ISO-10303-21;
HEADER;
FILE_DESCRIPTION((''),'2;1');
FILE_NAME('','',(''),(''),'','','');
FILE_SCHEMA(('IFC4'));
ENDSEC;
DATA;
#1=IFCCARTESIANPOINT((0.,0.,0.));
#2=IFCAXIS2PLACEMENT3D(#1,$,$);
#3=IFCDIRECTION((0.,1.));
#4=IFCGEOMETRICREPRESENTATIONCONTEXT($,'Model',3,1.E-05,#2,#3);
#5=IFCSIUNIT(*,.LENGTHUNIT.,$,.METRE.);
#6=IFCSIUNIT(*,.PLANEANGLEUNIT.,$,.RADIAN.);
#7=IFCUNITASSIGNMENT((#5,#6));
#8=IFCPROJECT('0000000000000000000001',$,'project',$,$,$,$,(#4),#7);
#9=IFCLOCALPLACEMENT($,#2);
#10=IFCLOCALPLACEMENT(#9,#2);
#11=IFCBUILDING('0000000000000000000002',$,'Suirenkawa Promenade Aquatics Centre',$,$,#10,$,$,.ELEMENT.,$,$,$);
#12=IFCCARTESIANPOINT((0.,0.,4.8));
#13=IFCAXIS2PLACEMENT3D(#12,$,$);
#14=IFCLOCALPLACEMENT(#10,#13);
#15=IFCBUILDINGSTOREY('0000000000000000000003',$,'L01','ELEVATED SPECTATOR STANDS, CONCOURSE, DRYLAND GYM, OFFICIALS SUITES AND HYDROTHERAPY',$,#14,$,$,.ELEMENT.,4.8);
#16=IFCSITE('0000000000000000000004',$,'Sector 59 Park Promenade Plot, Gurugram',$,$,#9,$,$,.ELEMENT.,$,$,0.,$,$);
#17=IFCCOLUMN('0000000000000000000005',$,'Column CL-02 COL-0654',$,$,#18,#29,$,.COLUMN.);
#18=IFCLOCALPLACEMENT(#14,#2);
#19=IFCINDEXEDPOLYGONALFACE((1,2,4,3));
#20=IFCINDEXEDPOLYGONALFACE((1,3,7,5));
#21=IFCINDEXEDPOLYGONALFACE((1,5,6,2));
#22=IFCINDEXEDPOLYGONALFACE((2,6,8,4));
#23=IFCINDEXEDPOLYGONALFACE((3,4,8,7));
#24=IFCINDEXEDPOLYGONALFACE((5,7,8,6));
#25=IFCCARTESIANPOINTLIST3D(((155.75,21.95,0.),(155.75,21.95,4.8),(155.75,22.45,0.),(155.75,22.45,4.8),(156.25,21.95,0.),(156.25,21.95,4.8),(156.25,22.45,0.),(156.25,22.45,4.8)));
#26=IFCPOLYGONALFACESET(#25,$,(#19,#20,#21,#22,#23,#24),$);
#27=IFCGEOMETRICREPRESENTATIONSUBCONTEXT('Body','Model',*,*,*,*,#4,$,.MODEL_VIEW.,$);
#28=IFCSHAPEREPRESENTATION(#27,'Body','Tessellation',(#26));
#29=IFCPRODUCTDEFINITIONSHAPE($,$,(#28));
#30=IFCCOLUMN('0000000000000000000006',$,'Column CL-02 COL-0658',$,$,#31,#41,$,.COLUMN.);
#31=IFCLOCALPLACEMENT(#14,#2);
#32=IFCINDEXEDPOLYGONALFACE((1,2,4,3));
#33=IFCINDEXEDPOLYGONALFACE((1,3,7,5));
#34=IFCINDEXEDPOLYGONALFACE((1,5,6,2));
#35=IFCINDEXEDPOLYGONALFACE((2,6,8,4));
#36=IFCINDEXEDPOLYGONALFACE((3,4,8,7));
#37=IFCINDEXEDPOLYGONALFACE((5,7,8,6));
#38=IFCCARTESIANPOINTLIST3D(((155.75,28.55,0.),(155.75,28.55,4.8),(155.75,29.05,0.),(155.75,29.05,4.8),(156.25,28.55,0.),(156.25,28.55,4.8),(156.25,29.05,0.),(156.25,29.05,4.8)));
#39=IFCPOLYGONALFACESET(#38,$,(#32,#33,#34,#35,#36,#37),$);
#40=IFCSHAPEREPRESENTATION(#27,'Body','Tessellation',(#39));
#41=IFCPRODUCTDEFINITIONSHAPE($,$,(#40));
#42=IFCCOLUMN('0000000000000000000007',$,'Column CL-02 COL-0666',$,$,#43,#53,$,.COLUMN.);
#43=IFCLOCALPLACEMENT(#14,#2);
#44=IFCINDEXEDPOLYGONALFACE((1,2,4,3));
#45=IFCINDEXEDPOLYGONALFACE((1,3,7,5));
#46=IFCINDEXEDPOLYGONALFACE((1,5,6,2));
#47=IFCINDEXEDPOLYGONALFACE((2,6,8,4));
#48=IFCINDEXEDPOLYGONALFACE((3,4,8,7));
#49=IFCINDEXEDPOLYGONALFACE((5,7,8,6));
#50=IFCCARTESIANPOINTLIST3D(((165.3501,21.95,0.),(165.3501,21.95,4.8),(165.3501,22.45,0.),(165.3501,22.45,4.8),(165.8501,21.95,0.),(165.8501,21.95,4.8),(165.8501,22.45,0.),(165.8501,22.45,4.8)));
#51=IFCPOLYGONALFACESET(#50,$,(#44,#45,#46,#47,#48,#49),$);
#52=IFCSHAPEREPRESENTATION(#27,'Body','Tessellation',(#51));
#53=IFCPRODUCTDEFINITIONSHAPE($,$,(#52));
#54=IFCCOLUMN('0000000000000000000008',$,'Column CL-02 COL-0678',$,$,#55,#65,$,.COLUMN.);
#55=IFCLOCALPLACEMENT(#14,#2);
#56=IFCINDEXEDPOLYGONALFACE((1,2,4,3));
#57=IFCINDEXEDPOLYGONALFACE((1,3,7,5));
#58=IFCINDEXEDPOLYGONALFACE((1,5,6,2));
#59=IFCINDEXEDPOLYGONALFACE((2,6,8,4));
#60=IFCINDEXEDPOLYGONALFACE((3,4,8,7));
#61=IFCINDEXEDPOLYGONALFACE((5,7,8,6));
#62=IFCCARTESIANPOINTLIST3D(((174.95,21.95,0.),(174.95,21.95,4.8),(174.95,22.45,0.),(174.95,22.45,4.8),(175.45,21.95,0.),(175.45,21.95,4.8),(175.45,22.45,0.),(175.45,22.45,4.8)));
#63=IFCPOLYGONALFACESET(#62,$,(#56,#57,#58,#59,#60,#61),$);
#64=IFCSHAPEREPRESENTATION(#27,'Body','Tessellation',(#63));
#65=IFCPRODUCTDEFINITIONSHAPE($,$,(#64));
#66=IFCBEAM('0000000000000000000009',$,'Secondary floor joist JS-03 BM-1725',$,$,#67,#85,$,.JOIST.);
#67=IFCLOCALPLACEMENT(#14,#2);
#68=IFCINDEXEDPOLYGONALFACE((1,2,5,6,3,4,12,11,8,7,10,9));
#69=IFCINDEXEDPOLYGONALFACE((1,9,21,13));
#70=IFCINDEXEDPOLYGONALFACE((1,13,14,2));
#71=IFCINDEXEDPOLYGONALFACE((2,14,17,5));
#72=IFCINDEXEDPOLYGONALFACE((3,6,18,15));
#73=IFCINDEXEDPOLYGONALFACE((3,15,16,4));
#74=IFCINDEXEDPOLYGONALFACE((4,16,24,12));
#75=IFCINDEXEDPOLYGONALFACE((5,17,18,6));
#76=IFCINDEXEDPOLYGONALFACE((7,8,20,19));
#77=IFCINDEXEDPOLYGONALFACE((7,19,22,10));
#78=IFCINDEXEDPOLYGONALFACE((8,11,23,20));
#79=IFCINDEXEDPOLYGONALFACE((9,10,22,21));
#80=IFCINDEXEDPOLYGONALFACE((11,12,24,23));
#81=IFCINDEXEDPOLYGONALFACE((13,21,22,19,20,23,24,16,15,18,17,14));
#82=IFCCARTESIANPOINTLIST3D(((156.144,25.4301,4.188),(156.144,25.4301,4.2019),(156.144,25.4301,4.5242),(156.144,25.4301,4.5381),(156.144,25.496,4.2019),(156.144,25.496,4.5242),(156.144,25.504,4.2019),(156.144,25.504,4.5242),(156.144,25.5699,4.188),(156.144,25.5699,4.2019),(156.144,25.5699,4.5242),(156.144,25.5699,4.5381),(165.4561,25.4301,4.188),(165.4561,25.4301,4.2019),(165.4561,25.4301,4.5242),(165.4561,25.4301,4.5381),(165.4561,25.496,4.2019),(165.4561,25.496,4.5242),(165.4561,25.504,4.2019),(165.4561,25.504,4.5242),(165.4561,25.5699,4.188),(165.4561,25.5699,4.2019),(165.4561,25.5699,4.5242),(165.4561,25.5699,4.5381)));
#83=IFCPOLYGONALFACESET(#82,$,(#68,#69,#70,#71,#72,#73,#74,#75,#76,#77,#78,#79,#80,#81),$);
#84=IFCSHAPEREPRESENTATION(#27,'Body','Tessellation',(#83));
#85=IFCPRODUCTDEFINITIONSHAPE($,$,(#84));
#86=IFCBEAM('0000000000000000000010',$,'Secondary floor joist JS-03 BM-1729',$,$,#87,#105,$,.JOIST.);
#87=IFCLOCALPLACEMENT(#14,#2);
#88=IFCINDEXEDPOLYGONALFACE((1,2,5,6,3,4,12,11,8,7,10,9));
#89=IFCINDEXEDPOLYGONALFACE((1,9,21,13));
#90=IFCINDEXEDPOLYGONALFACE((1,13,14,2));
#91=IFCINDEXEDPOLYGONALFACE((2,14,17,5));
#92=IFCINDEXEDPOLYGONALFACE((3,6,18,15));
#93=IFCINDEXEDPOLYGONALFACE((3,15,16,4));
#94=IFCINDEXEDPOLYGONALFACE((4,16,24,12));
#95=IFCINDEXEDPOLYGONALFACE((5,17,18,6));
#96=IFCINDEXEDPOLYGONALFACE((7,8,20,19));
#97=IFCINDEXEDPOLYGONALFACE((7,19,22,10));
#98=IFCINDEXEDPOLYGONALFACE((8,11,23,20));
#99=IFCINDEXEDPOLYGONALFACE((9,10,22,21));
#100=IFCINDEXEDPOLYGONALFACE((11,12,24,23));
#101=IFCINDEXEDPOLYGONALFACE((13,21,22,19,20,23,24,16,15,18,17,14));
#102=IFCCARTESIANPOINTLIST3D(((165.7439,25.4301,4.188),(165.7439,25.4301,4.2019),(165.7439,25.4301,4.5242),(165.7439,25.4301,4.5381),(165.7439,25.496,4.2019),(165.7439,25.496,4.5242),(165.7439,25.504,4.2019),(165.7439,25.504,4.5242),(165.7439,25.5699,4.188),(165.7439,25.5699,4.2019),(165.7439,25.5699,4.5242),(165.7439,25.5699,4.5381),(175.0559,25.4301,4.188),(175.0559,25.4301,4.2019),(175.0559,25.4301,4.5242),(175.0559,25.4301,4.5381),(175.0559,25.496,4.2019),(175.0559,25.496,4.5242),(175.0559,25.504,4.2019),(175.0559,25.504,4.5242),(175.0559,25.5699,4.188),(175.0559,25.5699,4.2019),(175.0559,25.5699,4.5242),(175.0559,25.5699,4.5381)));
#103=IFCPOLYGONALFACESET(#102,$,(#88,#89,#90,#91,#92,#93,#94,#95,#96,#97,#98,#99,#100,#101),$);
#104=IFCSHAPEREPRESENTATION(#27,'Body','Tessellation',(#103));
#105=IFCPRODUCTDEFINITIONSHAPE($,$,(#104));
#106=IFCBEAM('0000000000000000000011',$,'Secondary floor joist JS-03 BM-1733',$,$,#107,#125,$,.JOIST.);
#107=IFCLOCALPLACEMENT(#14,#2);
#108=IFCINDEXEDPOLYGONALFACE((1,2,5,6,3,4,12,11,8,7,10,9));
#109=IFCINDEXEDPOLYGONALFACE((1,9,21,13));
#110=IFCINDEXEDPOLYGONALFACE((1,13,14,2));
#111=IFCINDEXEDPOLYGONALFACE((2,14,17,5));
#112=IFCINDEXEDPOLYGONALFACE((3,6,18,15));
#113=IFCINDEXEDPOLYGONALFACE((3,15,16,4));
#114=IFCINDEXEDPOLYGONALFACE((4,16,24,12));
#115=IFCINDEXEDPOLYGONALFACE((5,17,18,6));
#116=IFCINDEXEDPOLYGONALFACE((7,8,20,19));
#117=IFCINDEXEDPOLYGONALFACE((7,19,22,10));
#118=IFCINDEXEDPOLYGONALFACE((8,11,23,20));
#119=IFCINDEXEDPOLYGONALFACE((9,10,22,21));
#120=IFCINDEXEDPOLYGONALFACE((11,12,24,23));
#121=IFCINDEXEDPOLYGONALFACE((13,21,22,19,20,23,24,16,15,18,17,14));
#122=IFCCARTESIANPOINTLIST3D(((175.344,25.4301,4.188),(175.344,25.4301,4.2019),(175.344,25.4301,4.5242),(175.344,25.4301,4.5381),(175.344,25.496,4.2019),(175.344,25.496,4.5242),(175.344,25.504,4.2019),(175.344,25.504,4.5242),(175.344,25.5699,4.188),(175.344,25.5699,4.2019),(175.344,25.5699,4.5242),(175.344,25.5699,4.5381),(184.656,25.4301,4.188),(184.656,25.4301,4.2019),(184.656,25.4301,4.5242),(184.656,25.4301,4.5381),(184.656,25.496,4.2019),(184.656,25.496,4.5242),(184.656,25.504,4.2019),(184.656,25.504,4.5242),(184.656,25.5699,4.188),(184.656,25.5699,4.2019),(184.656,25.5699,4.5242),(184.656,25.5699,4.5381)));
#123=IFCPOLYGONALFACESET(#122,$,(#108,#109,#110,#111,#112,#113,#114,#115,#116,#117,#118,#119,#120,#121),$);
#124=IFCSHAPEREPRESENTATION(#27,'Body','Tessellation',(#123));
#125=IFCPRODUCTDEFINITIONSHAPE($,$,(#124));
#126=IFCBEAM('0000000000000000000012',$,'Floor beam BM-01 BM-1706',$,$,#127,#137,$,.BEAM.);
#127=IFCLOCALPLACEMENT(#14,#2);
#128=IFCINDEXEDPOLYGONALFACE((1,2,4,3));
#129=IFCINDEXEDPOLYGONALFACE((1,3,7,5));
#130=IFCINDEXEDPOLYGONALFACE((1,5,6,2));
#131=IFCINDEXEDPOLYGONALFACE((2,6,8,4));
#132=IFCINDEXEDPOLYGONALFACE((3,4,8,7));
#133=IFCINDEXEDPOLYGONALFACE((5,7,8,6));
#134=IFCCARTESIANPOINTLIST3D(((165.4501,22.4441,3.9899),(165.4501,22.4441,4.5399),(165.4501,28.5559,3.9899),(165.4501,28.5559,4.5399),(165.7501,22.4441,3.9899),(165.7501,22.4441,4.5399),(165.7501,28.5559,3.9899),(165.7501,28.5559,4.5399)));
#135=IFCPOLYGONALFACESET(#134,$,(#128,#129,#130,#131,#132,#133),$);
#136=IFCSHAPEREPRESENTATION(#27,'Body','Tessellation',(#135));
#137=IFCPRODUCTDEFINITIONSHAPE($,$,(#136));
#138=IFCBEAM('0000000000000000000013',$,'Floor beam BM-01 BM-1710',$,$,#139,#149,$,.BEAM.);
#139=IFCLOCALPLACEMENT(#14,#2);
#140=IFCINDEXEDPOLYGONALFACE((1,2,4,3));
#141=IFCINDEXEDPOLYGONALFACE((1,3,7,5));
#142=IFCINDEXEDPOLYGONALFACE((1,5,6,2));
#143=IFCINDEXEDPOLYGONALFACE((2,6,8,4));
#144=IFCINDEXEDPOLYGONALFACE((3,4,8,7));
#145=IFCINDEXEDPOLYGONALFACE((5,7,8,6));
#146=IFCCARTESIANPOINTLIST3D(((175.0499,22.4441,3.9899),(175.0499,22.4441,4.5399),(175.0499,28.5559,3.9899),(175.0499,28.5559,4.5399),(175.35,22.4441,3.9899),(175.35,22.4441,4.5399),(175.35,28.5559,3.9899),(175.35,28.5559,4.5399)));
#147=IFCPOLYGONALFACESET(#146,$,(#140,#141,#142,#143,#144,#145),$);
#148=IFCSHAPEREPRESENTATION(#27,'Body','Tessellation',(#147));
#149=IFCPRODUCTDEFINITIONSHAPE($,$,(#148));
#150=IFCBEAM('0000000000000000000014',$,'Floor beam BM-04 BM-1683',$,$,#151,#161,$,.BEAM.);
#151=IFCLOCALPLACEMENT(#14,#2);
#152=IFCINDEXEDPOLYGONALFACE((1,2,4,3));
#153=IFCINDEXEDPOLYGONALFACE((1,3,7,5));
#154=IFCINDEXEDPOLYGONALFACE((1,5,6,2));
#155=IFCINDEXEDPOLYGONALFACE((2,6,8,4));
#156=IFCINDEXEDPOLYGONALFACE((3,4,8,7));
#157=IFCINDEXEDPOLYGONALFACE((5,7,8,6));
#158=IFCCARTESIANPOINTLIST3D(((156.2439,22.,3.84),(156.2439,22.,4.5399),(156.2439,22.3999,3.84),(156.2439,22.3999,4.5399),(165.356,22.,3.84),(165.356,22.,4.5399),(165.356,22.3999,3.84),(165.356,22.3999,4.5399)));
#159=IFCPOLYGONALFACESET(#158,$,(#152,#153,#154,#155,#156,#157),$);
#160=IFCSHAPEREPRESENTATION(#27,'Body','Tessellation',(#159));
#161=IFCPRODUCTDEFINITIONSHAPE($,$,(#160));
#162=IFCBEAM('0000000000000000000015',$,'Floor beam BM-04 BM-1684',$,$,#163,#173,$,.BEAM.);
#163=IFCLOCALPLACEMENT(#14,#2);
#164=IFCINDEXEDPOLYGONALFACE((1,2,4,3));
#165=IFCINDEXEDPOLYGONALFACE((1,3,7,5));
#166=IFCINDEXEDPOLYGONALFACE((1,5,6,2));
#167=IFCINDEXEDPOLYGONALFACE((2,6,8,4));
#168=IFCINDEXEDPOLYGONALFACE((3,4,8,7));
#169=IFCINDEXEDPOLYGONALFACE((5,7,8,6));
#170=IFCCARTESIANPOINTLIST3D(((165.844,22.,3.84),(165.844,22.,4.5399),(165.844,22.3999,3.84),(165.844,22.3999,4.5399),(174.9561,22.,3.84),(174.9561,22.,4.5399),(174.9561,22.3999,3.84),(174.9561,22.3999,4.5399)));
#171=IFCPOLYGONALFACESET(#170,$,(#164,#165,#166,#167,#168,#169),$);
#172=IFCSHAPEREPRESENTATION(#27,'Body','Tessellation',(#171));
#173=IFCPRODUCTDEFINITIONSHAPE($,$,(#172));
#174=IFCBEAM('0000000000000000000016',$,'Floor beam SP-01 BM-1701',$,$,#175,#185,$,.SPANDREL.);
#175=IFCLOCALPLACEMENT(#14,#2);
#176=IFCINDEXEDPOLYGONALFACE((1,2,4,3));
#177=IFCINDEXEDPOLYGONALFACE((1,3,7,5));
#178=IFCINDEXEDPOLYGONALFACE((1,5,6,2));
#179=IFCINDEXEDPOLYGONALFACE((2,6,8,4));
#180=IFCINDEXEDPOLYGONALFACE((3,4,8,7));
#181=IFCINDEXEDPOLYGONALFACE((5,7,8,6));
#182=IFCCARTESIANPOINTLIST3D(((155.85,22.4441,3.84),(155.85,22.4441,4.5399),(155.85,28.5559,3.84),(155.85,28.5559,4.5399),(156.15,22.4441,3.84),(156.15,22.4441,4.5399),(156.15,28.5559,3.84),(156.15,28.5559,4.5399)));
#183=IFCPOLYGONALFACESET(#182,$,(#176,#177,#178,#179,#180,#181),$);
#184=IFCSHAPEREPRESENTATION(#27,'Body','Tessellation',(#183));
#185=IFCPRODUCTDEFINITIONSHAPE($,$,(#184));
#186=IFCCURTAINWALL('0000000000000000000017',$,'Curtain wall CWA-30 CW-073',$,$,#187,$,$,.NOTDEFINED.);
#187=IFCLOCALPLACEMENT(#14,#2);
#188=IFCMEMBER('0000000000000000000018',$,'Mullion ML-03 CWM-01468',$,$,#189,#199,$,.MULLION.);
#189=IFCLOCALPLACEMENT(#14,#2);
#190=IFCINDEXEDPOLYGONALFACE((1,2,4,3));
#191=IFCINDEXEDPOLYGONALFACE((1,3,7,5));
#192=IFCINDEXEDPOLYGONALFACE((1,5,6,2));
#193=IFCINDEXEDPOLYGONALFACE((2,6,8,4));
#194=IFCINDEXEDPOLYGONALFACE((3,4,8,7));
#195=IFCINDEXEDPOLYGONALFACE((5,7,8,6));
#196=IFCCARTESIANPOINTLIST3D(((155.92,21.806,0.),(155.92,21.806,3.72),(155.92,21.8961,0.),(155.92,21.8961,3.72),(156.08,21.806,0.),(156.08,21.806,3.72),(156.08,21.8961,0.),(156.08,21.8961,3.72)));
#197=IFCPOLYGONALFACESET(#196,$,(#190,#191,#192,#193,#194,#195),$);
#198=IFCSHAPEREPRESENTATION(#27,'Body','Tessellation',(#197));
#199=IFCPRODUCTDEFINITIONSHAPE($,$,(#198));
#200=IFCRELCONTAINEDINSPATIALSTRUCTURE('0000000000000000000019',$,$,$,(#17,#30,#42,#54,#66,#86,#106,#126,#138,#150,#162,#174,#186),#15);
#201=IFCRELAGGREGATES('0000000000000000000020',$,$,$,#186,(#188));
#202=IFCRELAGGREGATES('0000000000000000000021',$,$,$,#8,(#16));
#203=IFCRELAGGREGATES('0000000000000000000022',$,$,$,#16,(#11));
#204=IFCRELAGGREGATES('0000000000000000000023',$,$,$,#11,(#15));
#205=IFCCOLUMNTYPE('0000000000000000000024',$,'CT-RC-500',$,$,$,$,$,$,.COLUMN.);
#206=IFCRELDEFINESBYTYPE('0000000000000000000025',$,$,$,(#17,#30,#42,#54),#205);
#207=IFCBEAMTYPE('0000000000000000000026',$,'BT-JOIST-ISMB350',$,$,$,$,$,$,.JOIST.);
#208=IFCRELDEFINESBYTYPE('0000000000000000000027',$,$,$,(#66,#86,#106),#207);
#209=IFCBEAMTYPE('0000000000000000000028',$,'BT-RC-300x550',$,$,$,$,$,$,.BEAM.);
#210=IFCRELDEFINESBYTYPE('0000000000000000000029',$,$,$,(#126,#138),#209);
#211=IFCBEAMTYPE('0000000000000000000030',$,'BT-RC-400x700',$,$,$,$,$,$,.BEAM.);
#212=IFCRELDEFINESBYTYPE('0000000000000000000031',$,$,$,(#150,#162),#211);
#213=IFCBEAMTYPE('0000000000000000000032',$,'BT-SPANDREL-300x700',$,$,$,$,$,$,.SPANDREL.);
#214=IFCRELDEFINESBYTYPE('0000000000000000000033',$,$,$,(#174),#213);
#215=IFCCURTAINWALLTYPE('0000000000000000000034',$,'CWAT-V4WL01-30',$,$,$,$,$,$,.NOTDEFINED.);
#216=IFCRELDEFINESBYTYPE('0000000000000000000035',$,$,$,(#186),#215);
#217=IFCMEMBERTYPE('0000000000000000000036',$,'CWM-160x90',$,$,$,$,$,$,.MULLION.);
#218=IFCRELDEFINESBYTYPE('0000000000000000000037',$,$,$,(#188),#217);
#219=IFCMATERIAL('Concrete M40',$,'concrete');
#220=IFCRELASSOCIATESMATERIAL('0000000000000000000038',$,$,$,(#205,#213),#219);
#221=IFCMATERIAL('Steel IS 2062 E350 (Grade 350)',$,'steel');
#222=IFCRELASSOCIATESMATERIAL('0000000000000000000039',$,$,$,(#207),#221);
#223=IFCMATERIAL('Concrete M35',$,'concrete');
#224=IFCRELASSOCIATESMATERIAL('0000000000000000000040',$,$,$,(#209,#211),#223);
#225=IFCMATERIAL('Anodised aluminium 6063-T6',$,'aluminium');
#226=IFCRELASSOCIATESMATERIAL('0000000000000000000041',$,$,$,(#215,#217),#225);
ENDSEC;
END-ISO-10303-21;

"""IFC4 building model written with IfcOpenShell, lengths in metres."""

from ifc_helpers import new_model, si_unit, direction, frame, origin, origin_2d, place, context, subcontext, project, spatial, rectangle, i_section, extrude, material, material_profile, profile_set, type_object, element, aggregate, save


model = new_model("IFC4")

# Units and contexts
model_context = context("Model", 3, precision=1e-05, world=origin(), true_north=direction((0.0, 1.0)))
body_context = subcontext(model_context, "Body", "Model", "MODEL_VIEW")
ifc_project = project(units=[si_unit("LENGTHUNIT", "METRE"), si_unit("PLANEANGLEUNIT", "RADIAN")], contexts=[model_context])

# Site, building, storey
site_placement = place(None, origin())
site = spatial("IfcSite", under=ifc_project, at=site_placement, Name="Sector 59 Park Promenade Plot, Gurugram", CompositionType="ELEMENT", RefElevation=0.0)
building_placement = place(site_placement, origin())
building = spatial("IfcBuilding", under=site, at=building_placement, Name="Suirenkawa Promenade Aquatics Centre", CompositionType="ELEMENT")
storey_placement = place(building_placement, frame((0.0, 0.0, 4.8)))
storey = spatial("IfcBuildingStorey", under=building, at=storey_placement, Name="L01", Description="ELEVATED SPECTATOR STANDS, CONCOURSE, DRYLAND GYM, OFFICIALS SUITES AND HYDROTHERAPY", CompositionType="ELEMENT", Elevation=4.8)

# Columns
ifc_material_1 = material(Name="Concrete M40", Category="concrete")
ifc_material_profile_1 = material_profile(ifc_material_1, rectangle(XDim=0.5, YDim=0.5, at=origin_2d()), Name="RC COL 500x500", Category="concrete")
ifc_profile_set_1 = profile_set([ifc_material_profile_1], Name="Concrete M40")
column_type = type_object("IfcColumnType", Name="CT-RC-500", PredefinedType="COLUMN", material=ifc_profile_set_1)
for number, where, z_axis, x_axis, name in (
    (1, (156.0, 22.2, 0.0), (0.0, 0.0, 1.0), (1.0, 0.0, 0.0), "Column CL-02 COL-0654"),
    (2, (156.0, 28.8, 0.0), (0.0, 0.0, 1.0), (1.0, 0.0, 0.0), "Column CL-02 COL-0658"),
    (3, (165.6001, 22.2, 0.0), (0.0, 0.0, 1.0), (1.0, 0.0, 0.0), "Column CL-02 COL-0666"),
    (4, (175.2, 22.2, 0.0), (0.0, 0.0, 1.0), (1.0, 0.0, 0.0), "Column CL-02 COL-0678"),
):
    element("IfcColumn", number, at=place(storey_placement, frame(where, z_axis=z_axis, x_axis=x_axis)), inside=storey, type_object=column_type, Name=name, PredefinedType="COLUMN", context=body_context, shape_type="SweptSolid", body=[
        extrude(rectangle(XDim=0.5, YDim=0.5, at=origin_2d()), origin(), (0.0, 0.0, 1.0), 4.8),
    ])

# Beams
ifc_material_2 = material(Name="Steel IS 2062 E350 (Grade 350)", Category="steel")
ifc_material_profile_2 = material_profile(ifc_material_2, i_section(OverallWidth=0.1399, OverallDepth=0.3501, WebThickness=0.0081, FlangeThickness=0.0139, at=origin_2d()), Name="ISMB 350", Category="steel")
ifc_profile_set_2 = profile_set([ifc_material_profile_2], Name="Steel IS 2062 E350 (Grade 350)")
beam_type_1 = type_object("IfcBeamType", Name="BT-JOIST-ISMB350", PredefinedType="JOIST", material=ifc_profile_set_2)
for number, where, z_axis, x_axis, name in (
    (5, (156.144, 25.5, 4.363), (1.0, 0.0, 0.0), (0.0, 1.0, 0.0), "Secondary floor joist JS-03 BM-1725"),
    (6, (165.7439, 25.5, 4.363), (1.0, 0.0, 0.0), (0.0, 1.0, 0.0), "Secondary floor joist JS-03 BM-1729"),
    (7, (175.344, 25.5, 4.363), (1.0, 0.0, 0.0), (0.0, 1.0, 0.0), "Secondary floor joist JS-03 BM-1733"),
):
    element("IfcBeam", number, at=place(storey_placement, frame(where, z_axis=z_axis, x_axis=x_axis)), inside=storey, type_object=beam_type_1, Name=name, PredefinedType="JOIST", context=body_context, shape_type="SweptSolid", body=[
        extrude(i_section(OverallWidth=0.1399, OverallDepth=0.3501, WebThickness=0.0081, FlangeThickness=0.0139, at=origin_2d()), origin(), (0.0, 0.0, 1.0), 9.312),
    ])
ifc_material_3 = material(Name="Concrete M35", Category="concrete")
ifc_material_profile_3 = material_profile(ifc_material_3, rectangle(XDim=0.3, YDim=0.55, at=origin_2d()), Name="RC BM 300x550", Category="concrete")
ifc_profile_set_3 = profile_set([ifc_material_profile_3], Name="Concrete M35")
beam_type_2 = type_object("IfcBeamType", Name="BT-RC-300x550", PredefinedType="BEAM", material=ifc_profile_set_3)
for number, where, z_axis, x_axis, name in (
    (8, (165.6001, 22.4441, 4.2649), (0.0, 1.0, 0.0), (-1.0, 0.0, 0.0), "Floor beam BM-01 BM-1706"),
    (9, (175.2, 22.4441, 4.2649), (0.0, 1.0, 0.0), (-1.0, 0.0, 0.0), "Floor beam BM-01 BM-1710"),
):
    element("IfcBeam", number, at=place(storey_placement, frame(where, z_axis=z_axis, x_axis=x_axis)), inside=storey, type_object=beam_type_2, Name=name, PredefinedType="BEAM", context=body_context, shape_type="SweptSolid", body=[
        extrude(rectangle(XDim=0.3, YDim=0.55, at=origin_2d()), origin(), (0.0, 0.0, 1.0), 6.1118),
    ])
ifc_material_profile_4 = material_profile(ifc_material_3, rectangle(XDim=0.3999, YDim=0.7, at=origin_2d()), Name="RC BM 400x700", Category="concrete")
ifc_profile_set_4 = profile_set([ifc_material_profile_4], Name="Concrete M35")
beam_type_3 = type_object("IfcBeamType", Name="BT-RC-400x700", PredefinedType="BEAM", material=ifc_profile_set_4)
for number, where, z_axis, x_axis, name in (
    (10, (156.2439, 22.2, 4.1899), (1.0, 0.0, 0.0), (0.0, 1.0, 0.0), "Floor beam BM-04 BM-1683"),
    (11, (165.844, 22.2, 4.1899), (1.0, 0.0, 0.0), (0.0, 1.0, 0.0), "Floor beam BM-04 BM-1684"),
):
    element("IfcBeam", number, at=place(storey_placement, frame(where, z_axis=z_axis, x_axis=x_axis)), inside=storey, type_object=beam_type_3, Name=name, PredefinedType="BEAM", context=body_context, shape_type="SweptSolid", body=[
        extrude(rectangle(XDim=0.3999, YDim=0.7, at=origin_2d()), origin(), (0.0, 0.0, 1.0), 9.1121),
    ])
ifc_material_profile_5 = material_profile(ifc_material_1, rectangle(XDim=0.3, YDim=0.7, at=origin_2d()), Name="RC SPANDREL 300x700", Category="concrete")
ifc_profile_set_5 = profile_set([ifc_material_profile_5], Name="Concrete M40")
beam_type_4 = type_object("IfcBeamType", Name="BT-SPANDREL-300x700", PredefinedType="SPANDREL", material=ifc_profile_set_5)
beam_placement = place(storey_placement, frame((156.0, 22.4441, 4.1899), z_axis=(0.0, 1.0, 0.0), x_axis=(-1.0, 0.0, 0.0)))
element("IfcBeam", 12, at=beam_placement, inside=storey, type_object=beam_type_4, Name="Floor beam SP-01 BM-1701", PredefinedType="SPANDREL", context=body_context, shape_type="SweptSolid", body=[
    extrude(rectangle(XDim=0.3, YDim=0.7, at=origin_2d()), origin(), (0.0, 0.0, 1.0), 6.1118),
])

# Curtain wall, member
ifc_material_4 = material(Name="Anodised aluminium 6063-T6", Category="aluminium")
curtain_wall_type_1 = type_object("IfcCurtainWallType", Name="CWAT-V4WL01-30", PredefinedType="NOTDEFINED", material=ifc_material_4)
curtain_wall_1_placement = place(storey_placement, origin())
curtain_wall_1 = element("IfcCurtainWall", 13, at=curtain_wall_1_placement, inside=storey, type_object=curtain_wall_type_1, Name="Curtain wall CWA-30 CW-073", PredefinedType="NOTDEFINED")
ifc_material_profile_6 = material_profile(ifc_material_4, rectangle(XDim=0.0901, YDim=0.1599, at=origin_2d()), Name="ALU MULL 90x160", Category="aluminium")
ifc_profile_set_6 = profile_set([ifc_material_profile_6], Name="Anodised aluminium 6063-T6")
member_type_1 = type_object("IfcMemberType", Name="CWM-160x90", PredefinedType="MULLION", material=ifc_profile_set_6)
member_1_placement = place(storey_placement, frame((156.0, 21.8511, 0.0), z_axis=(0.0, 0.0, 1.0), x_axis=(0.0, 1.0, 0.0)))
member_1 = element("IfcMember", 14, at=member_1_placement, type_object=member_type_1, Name="Mullion ML-03 CWM-01468", PredefinedType="MULLION", context=body_context, shape_type="SweptSolid", body=[
    extrude(rectangle(XDim=0.0901, YDim=0.1599, at=origin_2d()), origin(), (0.0, 0.0, 1.0), 3.72),
])

aggregate(curtain_wall_1, [member_1])

save(model, "model.ifc")
